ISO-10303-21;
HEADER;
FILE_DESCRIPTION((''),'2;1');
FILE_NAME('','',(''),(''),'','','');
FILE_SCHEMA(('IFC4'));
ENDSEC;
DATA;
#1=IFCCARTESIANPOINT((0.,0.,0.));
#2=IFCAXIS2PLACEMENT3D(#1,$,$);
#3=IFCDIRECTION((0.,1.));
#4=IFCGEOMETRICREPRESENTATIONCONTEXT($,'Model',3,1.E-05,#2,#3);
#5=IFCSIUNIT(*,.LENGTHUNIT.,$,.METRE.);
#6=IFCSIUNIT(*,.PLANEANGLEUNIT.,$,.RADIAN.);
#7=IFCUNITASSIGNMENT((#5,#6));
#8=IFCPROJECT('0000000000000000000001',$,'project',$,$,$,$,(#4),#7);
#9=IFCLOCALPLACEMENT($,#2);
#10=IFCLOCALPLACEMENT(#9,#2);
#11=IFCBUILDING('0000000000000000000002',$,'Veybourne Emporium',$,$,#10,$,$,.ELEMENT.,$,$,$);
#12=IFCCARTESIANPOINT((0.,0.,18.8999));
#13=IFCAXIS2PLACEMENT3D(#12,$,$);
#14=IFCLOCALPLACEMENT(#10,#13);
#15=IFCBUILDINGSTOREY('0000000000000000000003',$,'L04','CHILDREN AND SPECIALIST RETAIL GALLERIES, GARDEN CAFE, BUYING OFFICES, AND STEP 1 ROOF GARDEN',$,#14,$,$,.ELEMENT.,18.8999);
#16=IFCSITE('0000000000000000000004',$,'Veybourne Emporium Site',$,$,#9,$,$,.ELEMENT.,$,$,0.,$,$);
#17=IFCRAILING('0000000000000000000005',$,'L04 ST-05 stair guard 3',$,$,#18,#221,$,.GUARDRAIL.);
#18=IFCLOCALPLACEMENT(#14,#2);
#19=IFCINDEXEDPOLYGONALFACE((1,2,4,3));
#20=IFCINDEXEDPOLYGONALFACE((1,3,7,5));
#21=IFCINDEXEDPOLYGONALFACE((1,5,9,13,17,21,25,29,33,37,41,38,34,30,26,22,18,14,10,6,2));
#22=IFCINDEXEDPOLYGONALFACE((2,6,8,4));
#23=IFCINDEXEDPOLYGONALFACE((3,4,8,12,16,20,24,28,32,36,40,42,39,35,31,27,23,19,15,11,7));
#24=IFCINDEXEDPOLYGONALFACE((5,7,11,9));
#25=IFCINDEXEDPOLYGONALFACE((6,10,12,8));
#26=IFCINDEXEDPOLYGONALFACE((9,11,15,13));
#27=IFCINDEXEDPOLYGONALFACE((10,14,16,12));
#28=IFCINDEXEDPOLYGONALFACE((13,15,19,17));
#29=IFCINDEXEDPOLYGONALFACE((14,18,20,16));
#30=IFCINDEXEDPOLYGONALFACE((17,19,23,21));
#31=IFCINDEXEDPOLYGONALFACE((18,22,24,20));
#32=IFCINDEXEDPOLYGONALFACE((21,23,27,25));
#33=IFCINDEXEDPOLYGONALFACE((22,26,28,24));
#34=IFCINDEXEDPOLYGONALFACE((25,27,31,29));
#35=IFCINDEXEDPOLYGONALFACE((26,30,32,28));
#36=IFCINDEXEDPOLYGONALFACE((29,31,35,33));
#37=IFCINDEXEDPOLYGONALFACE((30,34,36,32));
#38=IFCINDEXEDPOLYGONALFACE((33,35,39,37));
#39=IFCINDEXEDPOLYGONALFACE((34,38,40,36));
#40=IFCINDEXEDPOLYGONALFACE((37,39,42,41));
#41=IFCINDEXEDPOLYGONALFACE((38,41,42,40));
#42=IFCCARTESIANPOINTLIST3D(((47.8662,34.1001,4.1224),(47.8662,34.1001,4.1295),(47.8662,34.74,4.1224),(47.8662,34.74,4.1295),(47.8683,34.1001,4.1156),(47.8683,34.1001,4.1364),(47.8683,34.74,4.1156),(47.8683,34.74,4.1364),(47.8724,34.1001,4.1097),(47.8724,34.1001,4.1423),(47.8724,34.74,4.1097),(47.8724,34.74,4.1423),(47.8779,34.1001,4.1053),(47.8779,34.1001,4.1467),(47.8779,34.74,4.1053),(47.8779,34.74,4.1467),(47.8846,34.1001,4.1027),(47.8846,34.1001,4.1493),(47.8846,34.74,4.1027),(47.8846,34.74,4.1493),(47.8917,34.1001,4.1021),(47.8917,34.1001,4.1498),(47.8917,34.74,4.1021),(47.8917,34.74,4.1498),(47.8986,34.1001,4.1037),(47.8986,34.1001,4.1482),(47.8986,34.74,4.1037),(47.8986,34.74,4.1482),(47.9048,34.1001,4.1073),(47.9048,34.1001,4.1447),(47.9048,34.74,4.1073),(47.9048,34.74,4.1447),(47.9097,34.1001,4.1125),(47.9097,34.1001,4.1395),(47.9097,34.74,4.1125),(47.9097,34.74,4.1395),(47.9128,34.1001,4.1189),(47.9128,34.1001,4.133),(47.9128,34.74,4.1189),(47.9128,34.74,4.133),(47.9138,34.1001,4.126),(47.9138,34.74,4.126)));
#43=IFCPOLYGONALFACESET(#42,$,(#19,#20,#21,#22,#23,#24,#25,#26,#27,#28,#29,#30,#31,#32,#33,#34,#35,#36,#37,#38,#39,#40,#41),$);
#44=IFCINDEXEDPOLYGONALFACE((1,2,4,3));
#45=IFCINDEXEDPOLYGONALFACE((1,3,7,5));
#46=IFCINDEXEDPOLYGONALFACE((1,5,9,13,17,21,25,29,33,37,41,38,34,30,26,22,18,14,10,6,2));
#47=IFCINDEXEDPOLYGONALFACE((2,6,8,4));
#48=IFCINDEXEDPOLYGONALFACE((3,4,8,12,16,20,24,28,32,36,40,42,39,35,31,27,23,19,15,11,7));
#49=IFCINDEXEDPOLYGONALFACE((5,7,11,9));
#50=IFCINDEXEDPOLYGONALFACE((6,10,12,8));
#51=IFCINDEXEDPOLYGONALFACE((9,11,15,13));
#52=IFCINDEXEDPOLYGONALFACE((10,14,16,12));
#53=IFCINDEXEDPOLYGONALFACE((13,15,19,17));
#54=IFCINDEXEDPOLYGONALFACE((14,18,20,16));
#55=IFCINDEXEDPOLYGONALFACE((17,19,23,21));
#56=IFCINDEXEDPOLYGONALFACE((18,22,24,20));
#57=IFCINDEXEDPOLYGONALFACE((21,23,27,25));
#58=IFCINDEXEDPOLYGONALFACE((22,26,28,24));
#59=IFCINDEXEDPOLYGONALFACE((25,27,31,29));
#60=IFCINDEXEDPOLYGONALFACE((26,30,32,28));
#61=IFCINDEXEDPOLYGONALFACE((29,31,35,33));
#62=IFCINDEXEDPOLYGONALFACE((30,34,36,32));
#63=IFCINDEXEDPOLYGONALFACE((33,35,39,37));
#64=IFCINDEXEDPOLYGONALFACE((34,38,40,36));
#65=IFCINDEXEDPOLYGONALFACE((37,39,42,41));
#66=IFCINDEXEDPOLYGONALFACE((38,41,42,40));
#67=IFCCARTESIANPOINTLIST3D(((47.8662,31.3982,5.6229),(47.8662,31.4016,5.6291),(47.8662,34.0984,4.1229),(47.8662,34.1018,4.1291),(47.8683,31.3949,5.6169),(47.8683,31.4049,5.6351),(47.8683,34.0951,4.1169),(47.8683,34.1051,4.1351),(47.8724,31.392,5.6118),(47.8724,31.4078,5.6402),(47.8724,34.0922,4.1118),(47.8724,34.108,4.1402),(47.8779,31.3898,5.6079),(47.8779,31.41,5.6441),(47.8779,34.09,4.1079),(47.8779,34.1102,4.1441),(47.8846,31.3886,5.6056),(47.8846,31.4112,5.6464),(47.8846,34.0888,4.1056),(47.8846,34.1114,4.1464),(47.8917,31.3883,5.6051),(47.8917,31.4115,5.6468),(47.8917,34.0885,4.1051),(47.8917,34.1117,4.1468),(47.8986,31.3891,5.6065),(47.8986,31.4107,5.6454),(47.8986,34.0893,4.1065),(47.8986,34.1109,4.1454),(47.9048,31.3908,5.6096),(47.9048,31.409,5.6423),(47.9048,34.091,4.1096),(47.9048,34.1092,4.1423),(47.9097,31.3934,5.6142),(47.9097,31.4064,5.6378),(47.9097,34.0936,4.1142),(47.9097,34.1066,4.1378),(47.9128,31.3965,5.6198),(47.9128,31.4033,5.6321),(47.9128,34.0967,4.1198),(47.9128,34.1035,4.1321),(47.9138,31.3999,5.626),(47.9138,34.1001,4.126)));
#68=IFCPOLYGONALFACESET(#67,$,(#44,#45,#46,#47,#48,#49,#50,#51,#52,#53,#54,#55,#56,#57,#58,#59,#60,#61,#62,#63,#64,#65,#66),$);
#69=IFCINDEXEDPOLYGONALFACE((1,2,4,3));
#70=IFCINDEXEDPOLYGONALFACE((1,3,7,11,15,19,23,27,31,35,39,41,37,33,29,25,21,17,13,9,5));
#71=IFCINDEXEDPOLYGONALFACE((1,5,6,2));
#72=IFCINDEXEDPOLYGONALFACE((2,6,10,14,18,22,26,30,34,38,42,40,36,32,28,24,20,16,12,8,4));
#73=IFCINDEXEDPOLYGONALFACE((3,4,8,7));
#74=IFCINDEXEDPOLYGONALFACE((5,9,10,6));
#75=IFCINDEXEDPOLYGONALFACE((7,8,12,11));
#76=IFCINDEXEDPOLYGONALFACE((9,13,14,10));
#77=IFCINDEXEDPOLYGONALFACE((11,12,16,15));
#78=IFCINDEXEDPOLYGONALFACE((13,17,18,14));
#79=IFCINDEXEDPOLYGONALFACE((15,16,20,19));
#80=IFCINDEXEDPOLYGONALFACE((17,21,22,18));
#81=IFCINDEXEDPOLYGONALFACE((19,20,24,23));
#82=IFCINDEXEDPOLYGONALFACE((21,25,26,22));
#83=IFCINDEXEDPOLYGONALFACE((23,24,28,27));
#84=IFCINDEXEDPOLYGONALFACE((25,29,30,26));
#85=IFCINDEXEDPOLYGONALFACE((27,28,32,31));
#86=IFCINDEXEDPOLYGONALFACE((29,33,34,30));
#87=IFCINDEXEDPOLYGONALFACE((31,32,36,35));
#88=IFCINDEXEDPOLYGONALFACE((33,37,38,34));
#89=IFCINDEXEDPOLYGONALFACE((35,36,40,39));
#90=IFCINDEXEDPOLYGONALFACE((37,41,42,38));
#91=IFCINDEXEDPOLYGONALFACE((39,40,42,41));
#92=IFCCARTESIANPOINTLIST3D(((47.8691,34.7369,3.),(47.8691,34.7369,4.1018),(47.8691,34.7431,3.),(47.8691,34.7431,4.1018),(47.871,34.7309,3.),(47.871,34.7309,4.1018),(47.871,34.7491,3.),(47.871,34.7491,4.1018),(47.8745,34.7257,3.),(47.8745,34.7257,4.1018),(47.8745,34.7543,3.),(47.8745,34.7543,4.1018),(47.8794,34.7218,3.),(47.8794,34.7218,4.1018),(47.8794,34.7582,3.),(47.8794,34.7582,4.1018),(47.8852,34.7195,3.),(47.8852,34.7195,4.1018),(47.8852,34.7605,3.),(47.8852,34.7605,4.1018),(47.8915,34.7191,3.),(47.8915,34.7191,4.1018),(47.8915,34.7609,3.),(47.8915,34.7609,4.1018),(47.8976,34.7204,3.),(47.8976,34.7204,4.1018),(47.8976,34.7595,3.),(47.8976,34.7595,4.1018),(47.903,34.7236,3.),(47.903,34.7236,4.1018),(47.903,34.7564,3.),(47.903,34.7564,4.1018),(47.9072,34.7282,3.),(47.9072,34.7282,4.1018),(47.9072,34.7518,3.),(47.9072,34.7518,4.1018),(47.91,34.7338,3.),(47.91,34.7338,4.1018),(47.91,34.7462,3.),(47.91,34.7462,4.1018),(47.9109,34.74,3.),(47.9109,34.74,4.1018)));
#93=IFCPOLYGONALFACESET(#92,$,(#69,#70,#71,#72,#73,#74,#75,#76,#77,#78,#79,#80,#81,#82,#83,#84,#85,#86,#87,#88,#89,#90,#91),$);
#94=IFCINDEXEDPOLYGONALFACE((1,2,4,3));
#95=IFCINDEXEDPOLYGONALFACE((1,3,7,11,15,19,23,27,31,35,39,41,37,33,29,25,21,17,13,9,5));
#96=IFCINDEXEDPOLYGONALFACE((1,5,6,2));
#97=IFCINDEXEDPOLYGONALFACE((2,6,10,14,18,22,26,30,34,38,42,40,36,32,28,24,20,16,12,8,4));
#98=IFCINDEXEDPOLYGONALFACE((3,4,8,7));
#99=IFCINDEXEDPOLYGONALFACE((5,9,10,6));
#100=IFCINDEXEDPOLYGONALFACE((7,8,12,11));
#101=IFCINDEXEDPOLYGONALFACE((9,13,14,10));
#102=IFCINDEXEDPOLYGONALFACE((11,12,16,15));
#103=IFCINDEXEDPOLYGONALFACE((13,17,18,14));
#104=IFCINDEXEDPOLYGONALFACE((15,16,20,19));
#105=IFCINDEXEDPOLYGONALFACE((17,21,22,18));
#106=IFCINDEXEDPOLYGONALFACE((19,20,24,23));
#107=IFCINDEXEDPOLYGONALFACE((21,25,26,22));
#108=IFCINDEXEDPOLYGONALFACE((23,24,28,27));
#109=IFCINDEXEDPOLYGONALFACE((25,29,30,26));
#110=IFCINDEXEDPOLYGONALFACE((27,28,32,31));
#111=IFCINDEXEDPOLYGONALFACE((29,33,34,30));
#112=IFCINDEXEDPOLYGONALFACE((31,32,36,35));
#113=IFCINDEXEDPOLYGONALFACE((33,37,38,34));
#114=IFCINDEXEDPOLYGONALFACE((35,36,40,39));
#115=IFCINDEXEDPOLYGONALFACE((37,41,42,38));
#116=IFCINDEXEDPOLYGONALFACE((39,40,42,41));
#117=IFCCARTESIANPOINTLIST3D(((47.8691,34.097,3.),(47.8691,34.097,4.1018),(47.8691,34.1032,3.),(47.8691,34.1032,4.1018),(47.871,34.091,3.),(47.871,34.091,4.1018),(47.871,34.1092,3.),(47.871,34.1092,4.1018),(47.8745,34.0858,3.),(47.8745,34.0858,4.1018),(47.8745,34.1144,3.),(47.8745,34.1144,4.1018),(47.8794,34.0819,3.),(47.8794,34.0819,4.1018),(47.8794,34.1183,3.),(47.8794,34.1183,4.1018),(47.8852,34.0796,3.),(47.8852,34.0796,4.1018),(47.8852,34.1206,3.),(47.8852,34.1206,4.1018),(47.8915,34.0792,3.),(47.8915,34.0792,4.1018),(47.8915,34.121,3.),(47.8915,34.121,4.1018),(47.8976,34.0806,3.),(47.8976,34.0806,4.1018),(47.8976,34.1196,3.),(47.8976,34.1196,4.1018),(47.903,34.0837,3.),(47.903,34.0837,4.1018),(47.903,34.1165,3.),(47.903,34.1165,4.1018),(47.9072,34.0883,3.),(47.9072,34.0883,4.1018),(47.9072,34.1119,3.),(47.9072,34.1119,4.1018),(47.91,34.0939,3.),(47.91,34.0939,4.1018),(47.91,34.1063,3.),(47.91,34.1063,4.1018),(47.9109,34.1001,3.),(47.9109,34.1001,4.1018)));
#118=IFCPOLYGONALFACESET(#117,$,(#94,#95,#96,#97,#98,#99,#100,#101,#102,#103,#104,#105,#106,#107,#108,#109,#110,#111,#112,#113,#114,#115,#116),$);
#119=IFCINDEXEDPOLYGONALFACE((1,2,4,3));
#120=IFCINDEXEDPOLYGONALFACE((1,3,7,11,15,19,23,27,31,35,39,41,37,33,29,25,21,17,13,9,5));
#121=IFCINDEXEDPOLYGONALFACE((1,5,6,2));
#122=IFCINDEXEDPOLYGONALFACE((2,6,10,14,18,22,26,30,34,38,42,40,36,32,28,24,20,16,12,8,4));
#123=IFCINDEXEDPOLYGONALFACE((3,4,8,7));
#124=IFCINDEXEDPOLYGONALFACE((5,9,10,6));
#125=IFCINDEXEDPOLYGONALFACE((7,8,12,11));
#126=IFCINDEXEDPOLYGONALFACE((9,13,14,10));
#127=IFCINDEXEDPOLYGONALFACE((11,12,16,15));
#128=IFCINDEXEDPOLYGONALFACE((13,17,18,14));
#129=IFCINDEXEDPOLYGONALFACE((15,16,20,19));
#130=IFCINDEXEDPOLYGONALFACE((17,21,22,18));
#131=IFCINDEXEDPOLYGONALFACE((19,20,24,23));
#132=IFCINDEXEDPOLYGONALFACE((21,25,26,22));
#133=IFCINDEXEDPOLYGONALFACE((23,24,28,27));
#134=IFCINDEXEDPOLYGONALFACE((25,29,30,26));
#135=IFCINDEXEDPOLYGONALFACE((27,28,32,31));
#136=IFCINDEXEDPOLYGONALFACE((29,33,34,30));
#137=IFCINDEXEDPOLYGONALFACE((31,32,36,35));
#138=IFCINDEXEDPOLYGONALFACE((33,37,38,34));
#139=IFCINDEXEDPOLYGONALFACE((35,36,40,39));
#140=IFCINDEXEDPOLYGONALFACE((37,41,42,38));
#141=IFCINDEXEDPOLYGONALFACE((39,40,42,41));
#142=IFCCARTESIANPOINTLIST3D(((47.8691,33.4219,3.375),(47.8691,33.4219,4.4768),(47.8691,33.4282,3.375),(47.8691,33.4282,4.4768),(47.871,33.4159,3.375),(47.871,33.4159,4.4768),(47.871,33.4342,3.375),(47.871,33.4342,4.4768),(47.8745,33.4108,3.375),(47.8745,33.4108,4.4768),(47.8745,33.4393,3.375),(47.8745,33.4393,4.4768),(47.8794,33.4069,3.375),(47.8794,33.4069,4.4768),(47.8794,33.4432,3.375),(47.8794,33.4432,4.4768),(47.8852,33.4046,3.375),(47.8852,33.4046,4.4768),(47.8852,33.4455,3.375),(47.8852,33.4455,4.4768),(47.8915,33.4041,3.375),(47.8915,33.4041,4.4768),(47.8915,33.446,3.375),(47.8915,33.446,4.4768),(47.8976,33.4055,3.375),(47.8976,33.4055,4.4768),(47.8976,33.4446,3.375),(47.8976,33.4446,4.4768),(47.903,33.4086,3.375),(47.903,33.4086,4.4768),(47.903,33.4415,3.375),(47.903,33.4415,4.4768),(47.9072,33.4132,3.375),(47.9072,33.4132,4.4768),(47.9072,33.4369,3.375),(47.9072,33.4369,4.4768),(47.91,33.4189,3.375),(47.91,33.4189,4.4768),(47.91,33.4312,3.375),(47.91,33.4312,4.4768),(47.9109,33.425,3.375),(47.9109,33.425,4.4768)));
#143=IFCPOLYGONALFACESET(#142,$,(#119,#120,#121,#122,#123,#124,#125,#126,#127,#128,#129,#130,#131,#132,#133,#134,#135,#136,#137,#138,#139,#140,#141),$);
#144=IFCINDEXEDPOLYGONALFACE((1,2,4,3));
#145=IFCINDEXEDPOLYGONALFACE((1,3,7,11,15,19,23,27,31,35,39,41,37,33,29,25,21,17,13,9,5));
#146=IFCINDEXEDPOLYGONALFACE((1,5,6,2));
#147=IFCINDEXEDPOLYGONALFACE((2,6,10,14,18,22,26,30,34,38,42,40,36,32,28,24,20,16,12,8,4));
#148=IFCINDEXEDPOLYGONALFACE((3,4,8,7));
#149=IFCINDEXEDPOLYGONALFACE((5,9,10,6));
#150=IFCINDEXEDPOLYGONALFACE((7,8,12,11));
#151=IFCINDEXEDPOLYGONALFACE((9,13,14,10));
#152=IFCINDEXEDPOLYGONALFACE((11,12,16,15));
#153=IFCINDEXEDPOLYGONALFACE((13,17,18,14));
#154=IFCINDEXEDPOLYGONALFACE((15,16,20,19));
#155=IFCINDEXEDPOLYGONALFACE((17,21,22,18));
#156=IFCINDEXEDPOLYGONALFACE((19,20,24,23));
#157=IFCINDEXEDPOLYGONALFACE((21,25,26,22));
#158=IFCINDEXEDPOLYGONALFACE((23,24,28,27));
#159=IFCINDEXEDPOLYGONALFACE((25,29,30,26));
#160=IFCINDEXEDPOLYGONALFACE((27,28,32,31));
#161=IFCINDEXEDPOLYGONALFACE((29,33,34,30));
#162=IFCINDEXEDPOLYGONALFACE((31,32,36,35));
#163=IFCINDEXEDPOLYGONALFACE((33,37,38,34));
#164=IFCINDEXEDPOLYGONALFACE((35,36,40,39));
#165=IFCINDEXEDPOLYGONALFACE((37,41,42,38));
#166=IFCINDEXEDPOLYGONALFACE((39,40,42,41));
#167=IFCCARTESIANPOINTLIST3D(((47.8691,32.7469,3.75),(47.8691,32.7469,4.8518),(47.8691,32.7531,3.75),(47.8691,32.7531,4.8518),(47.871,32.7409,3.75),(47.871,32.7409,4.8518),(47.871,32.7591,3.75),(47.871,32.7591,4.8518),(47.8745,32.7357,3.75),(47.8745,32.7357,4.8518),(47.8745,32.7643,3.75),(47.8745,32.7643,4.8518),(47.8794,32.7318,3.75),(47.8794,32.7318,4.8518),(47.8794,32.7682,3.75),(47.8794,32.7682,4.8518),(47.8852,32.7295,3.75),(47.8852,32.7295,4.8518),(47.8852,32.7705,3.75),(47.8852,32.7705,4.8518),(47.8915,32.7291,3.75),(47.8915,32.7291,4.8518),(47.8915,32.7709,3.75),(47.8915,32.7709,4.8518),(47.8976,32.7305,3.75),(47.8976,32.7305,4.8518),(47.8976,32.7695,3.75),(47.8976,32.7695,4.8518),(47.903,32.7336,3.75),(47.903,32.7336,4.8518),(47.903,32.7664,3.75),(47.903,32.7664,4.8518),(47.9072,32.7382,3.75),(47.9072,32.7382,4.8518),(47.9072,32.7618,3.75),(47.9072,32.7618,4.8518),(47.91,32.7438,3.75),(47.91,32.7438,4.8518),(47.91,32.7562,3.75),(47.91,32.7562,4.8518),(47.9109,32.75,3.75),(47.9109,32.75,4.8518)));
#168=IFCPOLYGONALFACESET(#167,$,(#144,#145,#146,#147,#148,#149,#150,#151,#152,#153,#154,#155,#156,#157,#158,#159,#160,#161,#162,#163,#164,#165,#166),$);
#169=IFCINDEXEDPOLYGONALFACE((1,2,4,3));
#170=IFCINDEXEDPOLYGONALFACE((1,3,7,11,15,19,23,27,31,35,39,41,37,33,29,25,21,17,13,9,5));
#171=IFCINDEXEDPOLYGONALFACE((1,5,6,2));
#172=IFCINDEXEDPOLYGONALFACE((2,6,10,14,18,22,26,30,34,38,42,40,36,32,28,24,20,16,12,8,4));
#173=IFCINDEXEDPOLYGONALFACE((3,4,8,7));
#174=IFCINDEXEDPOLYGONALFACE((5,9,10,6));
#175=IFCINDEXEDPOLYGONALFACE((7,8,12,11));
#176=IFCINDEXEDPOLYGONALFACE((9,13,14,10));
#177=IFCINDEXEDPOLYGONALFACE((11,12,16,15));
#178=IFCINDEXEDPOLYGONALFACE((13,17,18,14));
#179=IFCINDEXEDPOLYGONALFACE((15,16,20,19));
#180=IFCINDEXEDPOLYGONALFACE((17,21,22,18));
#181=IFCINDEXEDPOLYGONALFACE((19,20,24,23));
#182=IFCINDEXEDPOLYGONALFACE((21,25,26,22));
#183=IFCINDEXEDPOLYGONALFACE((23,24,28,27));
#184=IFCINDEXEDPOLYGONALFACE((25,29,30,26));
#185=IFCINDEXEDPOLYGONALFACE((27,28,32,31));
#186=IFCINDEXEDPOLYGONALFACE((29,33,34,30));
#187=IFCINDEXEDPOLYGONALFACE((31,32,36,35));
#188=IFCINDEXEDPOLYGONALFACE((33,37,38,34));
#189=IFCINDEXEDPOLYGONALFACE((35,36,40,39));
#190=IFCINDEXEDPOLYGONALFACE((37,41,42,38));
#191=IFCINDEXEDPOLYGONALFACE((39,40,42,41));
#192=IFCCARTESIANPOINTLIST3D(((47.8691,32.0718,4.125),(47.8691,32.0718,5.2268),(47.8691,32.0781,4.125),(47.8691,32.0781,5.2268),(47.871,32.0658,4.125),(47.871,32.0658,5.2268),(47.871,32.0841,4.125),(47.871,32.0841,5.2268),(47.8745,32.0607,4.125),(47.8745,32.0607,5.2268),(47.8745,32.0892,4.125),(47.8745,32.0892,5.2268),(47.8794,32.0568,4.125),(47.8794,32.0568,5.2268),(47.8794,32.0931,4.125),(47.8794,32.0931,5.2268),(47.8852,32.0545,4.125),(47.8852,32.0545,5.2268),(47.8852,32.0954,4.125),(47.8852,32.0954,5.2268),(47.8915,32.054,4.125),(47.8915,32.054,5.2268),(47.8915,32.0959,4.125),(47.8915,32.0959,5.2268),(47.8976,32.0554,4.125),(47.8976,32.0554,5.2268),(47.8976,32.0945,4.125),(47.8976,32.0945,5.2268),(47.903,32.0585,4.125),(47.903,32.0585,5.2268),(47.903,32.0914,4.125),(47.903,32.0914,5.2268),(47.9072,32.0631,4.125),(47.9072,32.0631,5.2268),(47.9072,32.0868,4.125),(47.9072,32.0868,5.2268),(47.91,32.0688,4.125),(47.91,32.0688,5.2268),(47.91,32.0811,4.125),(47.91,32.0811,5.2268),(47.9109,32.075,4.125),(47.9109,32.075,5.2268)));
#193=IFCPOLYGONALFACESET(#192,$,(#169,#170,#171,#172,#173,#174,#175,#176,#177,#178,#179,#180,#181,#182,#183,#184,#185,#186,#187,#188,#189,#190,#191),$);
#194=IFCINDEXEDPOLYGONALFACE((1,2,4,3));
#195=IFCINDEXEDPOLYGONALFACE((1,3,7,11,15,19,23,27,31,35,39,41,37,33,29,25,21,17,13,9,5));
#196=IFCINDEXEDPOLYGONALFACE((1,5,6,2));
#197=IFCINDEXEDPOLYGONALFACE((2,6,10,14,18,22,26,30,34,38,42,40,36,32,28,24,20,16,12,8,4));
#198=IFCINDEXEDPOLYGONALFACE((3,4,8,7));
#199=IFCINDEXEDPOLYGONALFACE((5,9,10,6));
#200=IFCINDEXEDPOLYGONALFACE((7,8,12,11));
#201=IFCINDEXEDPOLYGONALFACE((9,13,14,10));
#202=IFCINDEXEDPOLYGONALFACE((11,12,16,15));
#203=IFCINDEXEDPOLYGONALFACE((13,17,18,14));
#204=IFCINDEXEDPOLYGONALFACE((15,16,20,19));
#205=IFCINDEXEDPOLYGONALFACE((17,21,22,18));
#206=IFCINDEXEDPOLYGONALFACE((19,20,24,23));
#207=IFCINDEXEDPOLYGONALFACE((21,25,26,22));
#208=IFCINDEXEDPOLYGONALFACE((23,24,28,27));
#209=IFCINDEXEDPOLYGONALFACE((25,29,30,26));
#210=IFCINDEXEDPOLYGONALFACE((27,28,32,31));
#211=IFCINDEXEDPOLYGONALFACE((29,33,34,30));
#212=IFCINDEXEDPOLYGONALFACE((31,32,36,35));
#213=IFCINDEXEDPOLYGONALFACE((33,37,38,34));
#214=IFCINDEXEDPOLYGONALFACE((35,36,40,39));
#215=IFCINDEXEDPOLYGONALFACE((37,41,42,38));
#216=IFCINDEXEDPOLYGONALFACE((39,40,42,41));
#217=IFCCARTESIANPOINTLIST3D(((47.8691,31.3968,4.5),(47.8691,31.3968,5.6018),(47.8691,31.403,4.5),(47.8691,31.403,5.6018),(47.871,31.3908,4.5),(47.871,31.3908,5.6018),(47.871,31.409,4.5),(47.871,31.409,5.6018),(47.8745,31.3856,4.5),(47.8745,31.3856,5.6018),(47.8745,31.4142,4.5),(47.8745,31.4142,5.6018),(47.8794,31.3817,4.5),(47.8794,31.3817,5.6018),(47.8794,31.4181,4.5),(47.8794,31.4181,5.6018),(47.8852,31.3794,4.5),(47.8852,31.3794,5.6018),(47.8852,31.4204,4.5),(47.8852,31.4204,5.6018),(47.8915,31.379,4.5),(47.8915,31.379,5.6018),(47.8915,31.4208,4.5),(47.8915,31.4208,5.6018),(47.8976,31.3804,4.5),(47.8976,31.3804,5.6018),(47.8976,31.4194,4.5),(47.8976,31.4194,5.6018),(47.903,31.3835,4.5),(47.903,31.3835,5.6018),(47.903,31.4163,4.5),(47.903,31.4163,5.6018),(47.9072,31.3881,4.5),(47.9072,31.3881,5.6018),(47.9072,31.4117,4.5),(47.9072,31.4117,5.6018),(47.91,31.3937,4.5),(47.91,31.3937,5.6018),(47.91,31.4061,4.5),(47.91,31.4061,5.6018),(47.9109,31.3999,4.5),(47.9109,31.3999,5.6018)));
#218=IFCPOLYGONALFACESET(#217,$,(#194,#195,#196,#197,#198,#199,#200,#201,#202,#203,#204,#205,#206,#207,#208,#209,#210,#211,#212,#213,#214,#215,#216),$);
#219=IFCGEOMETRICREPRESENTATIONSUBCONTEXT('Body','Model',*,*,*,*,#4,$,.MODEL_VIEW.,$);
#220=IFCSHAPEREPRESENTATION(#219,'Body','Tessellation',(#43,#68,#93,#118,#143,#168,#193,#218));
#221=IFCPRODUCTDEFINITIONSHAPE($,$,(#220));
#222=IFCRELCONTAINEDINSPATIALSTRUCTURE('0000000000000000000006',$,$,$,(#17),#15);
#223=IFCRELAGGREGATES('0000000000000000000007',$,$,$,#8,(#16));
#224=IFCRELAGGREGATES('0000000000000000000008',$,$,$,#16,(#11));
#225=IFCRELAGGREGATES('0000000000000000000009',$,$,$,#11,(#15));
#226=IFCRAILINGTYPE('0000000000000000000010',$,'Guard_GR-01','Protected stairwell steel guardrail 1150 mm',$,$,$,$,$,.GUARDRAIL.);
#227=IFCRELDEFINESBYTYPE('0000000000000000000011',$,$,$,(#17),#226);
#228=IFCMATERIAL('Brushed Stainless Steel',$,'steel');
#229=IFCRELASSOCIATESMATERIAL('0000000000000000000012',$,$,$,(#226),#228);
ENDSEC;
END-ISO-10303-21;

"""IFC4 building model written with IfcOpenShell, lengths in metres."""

from ifc_helpers import new_model, si_unit, direction, frame, origin, origin_2d, place, context, subcontext, project, spatial, circle, extrude, material, type_object, element, save


model = new_model("IFC4")

# Units and contexts
model_context = context("Model", 3, precision=1e-05, world=origin(), true_north=direction((0.0, 1.0)))
body_context = subcontext(model_context, "Body", "Model", "MODEL_VIEW")
ifc_project = project(units=[si_unit("LENGTHUNIT", "METRE"), si_unit("PLANEANGLEUNIT", "RADIAN")], contexts=[model_context])

# Site, building, storey
site_placement = place(None, origin())
site = spatial("IfcSite", under=ifc_project, at=site_placement, Name="Veybourne Emporium Site", CompositionType="ELEMENT", RefElevation=0.0)
building_placement = place(site_placement, origin())
building = spatial("IfcBuilding", under=site, at=building_placement, Name="Veybourne Emporium", CompositionType="ELEMENT")
storey_placement = place(building_placement, frame((0.0, 0.0, 18.8999)))
storey = spatial("IfcBuildingStorey", under=building, at=storey_placement, Name="L04", Description="CHILDREN AND SPECIALIST RETAIL GALLERIES, GARDEN CAFE, BUYING OFFICES, AND STEP 1 ROOF GARDEN", CompositionType="ELEMENT", Elevation=18.8999)

# Railing
ifc_material_1 = material(Name="Brushed Stainless Steel", Category="steel")
railing_type_1 = type_object("IfcRailingType", Name="Guard_GR-01", Description="Protected stairwell steel guardrail 1150 mm", PredefinedType="GUARDRAIL", material=ifc_material_1)
railing_1_placement = place(storey_placement, frame((47.8899, 34.74, 3.0)))
element("IfcRailing", 1, at=railing_1_placement, inside=storey, type_object=railing_type_1, Name="L04 ST-05 stair guard 3", PredefinedType="GUARDRAIL", context=body_context, shape_type="SweptSolid", body=[
    extrude(circle(Radius=0.0239, at=origin_2d()), frame((0.0, 0.0, 1.126), z_axis=(0.0, -1.0, 0.0), x_axis=(1.0, 0.0, 0.0)), (0.0, 0.0, 1.0), 0.6399),
    extrude(circle(Radius=0.0239, at=origin_2d()), frame((0.0, -0.6399, 1.126), z_axis=(0.0, -0.874172, 0.485616), x_axis=(1.0, 0.0, 0.0)), (0.0, 0.0, 1.0), 3.0889),
    extrude(circle(Radius=0.021, at=origin_2d()), origin(), (0.0, 0.0, 1.0), 1.1018),
    extrude(circle(Radius=0.021, at=origin_2d()), frame((0.0, -0.6399, 0.0)), (0.0, 0.0, 1.0), 1.1018),
    extrude(circle(Radius=0.021, at=origin_2d()), frame((0.0, -1.3149, 0.375)), (0.0, 0.0, 1.0), 1.1018),
    extrude(circle(Radius=0.021, at=origin_2d()), frame((0.0, -1.99, 0.75)), (0.0, 0.0, 1.0), 1.1018),
    extrude(circle(Radius=0.021, at=origin_2d()), frame((0.0, -2.665, 1.125)), (0.0, 0.0, 1.0), 1.1018),
    extrude(circle(Radius=0.021, at=origin_2d()), frame((0.0, -3.3401, 1.5)), (0.0, 0.0, 1.0), 1.1018),
])

save(model, "model.ifc")
